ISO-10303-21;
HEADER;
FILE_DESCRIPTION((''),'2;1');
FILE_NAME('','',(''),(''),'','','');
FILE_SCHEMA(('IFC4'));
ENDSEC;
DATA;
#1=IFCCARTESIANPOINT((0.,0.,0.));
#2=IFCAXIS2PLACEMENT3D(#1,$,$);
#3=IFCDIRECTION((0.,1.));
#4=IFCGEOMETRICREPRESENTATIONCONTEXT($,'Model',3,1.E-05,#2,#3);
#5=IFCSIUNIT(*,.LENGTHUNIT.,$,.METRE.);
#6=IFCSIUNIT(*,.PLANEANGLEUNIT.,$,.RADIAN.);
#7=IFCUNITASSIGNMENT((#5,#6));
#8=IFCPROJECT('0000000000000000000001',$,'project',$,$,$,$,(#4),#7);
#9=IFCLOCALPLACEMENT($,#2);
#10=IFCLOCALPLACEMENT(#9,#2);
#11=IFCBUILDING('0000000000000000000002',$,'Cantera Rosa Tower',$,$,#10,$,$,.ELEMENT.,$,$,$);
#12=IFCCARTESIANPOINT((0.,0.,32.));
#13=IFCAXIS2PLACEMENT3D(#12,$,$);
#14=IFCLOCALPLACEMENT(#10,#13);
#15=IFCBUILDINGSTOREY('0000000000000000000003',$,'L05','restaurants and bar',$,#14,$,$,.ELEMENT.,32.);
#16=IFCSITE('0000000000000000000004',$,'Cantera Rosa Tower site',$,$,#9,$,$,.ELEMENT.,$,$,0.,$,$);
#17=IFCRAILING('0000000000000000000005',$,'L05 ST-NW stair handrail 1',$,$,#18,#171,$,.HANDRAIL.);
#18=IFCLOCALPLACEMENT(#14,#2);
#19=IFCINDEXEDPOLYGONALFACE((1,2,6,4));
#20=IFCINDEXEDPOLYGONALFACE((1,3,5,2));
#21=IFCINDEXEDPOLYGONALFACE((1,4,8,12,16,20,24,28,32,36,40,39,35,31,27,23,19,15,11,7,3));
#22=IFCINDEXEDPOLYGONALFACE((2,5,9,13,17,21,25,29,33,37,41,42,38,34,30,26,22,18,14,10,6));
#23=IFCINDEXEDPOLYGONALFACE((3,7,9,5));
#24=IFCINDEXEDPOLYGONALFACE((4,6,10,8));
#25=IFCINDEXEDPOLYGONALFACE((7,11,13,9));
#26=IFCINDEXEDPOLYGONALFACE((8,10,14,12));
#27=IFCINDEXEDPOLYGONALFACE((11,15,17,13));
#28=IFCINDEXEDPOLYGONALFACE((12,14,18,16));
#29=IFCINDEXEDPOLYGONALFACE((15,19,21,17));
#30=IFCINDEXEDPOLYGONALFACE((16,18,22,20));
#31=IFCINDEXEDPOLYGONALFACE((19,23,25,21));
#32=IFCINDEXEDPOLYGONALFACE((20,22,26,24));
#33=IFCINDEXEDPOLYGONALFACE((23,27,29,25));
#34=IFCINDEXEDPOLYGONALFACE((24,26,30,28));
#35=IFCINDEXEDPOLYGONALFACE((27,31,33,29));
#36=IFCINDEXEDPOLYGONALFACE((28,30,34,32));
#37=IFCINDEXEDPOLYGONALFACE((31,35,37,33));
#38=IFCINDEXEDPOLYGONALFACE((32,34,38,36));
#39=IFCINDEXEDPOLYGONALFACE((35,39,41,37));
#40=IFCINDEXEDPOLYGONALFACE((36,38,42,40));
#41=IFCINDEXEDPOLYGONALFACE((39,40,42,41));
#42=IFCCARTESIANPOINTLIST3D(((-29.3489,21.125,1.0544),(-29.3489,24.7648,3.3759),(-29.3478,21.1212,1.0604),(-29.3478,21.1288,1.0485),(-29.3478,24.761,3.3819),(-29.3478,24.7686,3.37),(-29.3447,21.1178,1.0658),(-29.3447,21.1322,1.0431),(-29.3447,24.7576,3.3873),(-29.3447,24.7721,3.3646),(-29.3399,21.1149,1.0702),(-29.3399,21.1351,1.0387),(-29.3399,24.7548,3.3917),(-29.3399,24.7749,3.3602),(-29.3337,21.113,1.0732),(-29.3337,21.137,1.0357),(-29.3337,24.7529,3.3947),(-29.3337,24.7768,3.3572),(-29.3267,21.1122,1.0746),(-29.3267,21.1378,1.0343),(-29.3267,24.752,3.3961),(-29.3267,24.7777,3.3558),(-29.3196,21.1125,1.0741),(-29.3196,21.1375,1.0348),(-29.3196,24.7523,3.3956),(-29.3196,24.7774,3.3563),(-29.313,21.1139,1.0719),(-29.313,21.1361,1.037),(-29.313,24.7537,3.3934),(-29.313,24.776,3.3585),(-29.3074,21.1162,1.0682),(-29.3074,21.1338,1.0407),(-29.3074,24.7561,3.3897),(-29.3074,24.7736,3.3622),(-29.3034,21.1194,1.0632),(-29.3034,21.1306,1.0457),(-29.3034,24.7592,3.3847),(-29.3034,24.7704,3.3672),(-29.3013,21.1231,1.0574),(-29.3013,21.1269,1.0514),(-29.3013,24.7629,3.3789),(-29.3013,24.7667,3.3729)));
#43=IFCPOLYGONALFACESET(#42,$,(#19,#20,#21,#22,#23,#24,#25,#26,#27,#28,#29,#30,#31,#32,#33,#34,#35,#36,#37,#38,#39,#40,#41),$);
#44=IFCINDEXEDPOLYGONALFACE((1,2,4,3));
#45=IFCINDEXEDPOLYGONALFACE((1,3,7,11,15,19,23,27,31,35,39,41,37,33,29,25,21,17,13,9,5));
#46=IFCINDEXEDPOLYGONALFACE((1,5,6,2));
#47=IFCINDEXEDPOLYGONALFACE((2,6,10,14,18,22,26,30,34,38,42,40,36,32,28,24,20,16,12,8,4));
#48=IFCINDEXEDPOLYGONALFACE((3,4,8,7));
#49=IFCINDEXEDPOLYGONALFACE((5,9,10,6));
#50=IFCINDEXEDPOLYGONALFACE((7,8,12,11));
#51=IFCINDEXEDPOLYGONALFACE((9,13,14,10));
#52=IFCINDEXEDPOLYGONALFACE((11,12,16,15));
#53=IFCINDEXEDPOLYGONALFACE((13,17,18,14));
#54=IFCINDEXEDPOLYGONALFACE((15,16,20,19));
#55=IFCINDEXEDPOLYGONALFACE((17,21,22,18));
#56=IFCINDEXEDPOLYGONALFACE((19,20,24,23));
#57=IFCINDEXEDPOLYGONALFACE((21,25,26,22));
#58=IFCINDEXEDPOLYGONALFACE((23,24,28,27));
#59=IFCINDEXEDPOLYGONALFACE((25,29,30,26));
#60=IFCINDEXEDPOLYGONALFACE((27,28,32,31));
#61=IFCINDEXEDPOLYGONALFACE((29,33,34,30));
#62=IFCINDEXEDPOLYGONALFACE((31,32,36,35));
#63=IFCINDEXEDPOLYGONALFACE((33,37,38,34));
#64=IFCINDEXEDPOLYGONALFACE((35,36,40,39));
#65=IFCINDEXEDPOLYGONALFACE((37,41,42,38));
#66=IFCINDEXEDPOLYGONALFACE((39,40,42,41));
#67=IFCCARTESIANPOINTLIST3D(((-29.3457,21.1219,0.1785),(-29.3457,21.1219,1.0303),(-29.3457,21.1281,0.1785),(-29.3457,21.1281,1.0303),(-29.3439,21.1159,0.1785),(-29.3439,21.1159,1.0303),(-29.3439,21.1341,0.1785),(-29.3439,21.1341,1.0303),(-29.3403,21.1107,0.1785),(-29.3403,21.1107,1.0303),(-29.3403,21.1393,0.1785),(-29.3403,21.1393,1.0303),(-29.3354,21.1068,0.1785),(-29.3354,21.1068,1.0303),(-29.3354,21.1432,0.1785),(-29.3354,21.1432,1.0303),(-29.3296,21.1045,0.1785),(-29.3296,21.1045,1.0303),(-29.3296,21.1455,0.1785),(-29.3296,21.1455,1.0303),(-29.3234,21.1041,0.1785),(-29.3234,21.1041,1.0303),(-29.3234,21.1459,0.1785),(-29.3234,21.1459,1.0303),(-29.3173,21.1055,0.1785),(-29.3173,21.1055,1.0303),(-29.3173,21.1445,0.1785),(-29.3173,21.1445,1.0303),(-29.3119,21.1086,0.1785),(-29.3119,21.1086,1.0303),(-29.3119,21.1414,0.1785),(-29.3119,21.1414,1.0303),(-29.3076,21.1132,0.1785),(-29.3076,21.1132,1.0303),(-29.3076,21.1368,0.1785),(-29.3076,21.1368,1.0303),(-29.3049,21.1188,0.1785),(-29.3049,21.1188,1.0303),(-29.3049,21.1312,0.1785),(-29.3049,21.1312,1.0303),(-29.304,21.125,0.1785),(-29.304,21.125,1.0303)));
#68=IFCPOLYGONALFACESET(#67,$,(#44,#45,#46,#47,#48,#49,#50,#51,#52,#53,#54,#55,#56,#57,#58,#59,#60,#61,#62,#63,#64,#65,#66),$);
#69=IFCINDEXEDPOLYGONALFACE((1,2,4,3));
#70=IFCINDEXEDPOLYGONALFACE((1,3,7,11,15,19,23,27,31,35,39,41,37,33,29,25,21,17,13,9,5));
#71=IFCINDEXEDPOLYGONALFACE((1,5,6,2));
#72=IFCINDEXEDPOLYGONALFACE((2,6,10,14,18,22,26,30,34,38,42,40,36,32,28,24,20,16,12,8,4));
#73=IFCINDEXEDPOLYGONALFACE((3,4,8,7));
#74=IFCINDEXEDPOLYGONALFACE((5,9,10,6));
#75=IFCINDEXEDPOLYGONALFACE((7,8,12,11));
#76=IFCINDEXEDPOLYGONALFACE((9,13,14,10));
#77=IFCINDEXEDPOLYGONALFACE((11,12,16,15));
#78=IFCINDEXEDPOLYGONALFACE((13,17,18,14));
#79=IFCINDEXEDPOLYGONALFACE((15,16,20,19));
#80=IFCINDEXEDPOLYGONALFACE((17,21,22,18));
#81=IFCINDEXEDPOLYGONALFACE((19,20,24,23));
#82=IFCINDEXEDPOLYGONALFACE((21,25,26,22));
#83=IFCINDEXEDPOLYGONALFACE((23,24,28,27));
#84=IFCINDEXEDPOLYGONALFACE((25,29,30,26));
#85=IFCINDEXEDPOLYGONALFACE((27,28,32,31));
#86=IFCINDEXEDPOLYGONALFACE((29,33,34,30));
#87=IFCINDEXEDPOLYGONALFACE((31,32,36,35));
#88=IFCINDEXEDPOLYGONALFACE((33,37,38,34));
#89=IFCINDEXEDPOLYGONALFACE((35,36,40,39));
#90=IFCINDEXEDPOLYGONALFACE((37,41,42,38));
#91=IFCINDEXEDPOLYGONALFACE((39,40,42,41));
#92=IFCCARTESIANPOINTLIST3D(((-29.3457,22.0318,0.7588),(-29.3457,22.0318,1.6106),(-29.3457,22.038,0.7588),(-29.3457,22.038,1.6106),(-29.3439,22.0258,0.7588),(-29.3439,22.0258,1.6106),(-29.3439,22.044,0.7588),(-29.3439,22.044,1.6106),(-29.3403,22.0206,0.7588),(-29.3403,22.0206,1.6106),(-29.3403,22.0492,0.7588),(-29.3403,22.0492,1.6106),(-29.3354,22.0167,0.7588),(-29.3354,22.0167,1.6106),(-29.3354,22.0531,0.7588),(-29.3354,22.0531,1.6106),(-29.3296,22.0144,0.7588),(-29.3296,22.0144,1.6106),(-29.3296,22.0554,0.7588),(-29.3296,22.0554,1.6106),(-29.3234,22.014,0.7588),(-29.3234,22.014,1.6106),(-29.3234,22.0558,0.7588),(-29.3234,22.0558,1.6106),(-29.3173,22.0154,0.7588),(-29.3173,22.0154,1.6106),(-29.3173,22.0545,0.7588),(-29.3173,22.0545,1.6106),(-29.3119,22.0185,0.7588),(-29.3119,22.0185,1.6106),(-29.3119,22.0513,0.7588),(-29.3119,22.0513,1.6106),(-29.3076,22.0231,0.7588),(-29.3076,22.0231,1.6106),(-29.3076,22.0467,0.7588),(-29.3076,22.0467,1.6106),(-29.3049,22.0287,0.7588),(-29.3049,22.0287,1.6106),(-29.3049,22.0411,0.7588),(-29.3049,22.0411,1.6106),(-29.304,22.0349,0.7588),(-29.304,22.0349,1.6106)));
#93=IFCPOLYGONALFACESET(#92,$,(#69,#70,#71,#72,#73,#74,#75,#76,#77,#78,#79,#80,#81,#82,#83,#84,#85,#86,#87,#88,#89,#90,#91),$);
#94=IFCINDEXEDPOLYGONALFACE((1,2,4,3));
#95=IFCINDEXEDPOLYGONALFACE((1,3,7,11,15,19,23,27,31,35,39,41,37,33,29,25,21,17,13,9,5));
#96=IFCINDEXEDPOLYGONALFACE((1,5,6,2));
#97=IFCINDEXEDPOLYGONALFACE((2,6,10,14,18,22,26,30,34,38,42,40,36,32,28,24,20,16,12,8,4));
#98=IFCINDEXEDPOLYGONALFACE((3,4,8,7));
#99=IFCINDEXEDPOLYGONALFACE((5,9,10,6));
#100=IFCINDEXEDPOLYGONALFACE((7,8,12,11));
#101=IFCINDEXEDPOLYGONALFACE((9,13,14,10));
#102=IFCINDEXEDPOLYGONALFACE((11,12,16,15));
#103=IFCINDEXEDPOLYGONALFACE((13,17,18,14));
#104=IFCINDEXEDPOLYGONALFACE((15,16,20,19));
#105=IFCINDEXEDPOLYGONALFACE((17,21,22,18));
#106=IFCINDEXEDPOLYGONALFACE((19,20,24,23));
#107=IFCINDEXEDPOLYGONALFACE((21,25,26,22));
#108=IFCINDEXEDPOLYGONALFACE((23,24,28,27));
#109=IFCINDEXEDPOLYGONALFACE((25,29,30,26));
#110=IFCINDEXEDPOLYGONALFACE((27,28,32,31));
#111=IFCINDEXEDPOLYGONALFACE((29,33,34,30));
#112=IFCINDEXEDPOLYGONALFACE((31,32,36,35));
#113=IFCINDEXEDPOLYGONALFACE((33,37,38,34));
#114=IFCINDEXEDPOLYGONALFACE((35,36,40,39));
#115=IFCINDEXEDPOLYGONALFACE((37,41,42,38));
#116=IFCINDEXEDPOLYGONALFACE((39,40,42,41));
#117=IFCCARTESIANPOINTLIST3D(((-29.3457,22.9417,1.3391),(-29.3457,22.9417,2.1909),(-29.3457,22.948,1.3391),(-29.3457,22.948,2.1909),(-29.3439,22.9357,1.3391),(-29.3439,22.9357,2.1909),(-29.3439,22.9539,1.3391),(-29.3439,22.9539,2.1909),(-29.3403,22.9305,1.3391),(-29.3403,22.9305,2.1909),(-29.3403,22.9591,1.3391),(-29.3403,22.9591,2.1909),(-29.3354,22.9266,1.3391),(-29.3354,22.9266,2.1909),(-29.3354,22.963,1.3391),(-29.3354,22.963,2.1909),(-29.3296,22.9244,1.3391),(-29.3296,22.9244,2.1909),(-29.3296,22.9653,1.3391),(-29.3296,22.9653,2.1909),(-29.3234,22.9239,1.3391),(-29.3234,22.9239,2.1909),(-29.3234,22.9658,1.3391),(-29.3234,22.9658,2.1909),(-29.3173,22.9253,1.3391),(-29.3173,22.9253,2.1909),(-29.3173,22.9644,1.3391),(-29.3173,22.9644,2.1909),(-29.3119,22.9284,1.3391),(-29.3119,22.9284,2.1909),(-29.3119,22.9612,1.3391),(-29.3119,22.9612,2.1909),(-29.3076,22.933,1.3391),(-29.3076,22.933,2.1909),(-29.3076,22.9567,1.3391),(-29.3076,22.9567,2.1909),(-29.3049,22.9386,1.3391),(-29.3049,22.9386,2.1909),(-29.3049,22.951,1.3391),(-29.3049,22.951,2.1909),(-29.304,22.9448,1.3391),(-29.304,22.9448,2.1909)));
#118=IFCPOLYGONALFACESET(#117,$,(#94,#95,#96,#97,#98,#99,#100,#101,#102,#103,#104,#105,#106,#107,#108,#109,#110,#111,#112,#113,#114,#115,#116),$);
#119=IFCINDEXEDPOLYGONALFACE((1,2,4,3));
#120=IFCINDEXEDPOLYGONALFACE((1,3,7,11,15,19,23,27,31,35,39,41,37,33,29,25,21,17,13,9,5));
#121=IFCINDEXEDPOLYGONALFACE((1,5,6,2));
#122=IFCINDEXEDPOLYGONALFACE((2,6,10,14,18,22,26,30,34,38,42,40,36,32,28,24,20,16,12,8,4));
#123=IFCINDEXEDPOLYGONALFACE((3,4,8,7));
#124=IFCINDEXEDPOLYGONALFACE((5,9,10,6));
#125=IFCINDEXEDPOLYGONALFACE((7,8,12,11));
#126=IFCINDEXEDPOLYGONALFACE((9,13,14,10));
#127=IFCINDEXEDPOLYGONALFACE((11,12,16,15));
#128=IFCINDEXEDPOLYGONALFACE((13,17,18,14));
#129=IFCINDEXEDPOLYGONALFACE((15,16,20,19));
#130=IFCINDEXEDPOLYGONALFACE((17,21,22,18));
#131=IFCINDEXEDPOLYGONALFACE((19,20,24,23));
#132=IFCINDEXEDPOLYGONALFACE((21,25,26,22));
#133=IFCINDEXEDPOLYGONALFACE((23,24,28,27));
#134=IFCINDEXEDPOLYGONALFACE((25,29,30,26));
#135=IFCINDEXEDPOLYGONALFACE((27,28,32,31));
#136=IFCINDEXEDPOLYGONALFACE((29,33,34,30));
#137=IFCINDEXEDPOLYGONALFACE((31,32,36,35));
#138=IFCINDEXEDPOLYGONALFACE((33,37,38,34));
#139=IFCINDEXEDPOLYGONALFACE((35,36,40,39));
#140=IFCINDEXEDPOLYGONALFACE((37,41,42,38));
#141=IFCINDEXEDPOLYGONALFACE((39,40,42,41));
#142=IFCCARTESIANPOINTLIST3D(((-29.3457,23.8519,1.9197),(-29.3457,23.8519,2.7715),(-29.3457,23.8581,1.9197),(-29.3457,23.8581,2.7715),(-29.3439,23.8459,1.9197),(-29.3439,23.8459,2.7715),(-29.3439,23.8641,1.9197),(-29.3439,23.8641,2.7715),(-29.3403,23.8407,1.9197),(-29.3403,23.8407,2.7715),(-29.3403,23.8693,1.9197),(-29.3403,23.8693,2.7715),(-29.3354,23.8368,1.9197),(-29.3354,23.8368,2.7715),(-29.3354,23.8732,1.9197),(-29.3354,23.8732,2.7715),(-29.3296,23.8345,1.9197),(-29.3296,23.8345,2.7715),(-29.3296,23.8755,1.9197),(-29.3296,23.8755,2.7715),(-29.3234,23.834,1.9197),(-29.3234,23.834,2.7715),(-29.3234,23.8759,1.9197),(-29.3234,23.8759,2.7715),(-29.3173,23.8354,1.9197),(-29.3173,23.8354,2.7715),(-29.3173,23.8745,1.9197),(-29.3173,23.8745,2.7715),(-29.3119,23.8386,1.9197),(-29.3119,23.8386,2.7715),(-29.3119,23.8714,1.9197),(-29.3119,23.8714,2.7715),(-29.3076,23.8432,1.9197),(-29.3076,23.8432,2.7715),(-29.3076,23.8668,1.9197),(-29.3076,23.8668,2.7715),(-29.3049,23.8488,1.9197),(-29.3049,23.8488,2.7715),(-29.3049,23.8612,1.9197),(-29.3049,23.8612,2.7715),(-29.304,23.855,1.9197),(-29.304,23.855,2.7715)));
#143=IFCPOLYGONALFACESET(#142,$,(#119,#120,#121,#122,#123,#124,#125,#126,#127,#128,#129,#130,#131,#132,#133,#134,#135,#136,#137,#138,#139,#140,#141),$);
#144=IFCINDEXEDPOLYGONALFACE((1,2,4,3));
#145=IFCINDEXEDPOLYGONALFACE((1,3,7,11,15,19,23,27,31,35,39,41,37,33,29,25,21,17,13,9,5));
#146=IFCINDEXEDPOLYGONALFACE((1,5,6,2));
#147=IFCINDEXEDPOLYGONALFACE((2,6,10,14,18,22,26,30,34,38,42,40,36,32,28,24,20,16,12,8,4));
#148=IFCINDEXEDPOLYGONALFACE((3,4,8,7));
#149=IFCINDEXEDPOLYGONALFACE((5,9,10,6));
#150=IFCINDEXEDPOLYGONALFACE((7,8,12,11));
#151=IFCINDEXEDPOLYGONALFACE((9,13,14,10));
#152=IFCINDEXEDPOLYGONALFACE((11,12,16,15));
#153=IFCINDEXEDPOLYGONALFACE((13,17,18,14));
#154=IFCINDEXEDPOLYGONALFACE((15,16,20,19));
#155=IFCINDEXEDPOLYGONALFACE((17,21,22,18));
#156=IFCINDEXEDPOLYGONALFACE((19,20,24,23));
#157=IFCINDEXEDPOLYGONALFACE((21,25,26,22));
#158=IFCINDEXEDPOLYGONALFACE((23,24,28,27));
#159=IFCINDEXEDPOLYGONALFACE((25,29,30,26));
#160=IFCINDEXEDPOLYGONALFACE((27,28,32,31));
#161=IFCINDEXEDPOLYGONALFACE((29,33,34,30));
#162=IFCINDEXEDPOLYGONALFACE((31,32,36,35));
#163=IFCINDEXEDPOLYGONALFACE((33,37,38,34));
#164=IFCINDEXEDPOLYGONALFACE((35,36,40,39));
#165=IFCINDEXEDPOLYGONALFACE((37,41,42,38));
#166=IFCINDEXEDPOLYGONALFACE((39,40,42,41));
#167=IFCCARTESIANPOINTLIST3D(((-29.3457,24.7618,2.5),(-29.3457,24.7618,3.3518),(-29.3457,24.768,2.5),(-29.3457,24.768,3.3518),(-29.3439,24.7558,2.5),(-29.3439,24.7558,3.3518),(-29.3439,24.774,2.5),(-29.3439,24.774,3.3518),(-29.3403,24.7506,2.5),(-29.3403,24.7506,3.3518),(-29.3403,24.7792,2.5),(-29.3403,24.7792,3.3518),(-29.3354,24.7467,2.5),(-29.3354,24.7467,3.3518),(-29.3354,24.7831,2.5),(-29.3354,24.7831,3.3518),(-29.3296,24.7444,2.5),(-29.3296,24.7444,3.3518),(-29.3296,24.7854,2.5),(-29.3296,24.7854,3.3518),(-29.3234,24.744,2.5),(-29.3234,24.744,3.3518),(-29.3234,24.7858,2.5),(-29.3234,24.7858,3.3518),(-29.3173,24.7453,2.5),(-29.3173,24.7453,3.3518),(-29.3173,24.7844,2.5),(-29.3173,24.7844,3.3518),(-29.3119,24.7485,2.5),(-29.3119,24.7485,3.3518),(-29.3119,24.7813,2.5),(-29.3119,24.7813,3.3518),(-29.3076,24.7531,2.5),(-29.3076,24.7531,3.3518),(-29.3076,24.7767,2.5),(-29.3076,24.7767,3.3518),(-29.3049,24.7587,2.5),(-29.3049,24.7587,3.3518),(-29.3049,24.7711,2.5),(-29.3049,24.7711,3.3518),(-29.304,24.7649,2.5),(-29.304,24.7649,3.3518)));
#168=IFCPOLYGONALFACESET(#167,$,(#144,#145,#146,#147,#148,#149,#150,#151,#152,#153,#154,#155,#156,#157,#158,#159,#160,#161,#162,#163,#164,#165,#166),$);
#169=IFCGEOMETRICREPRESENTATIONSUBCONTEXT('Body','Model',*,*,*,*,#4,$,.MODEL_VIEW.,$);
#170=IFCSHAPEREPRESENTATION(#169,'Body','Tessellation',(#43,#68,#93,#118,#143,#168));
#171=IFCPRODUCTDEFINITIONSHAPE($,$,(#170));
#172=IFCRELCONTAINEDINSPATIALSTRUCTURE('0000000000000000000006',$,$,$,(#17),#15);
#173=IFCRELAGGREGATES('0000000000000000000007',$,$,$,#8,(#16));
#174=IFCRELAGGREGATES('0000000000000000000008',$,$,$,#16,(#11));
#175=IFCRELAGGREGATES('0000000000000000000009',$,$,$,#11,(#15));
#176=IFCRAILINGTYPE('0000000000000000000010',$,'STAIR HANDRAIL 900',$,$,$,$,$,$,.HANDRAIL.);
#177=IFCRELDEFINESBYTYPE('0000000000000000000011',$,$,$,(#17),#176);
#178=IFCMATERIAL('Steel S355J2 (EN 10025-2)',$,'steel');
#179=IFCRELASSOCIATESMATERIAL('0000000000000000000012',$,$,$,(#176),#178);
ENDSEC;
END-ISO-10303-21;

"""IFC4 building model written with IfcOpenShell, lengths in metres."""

from ifc_helpers import new_model, si_unit, direction, frame, origin, origin_2d, place, context, subcontext, project, spatial, circle, extrude, material, type_object, element, save


model = new_model("IFC4")

# Units and contexts
model_context = context("Model", 3, precision=1e-05, world=origin(), true_north=direction((0.0, 1.0)))
body_context = subcontext(model_context, "Body", "Model", "MODEL_VIEW")
ifc_project = project(units=[si_unit("LENGTHUNIT", "METRE"), si_unit("PLANEANGLEUNIT", "RADIAN")], contexts=[model_context])

# Site, building, storey
site_placement = place(None, origin())
site = spatial("IfcSite", under=ifc_project, at=site_placement, Name="Cantera Rosa Tower site", CompositionType="ELEMENT", RefElevation=0.0)
building_placement = place(site_placement, origin())
building = spatial("IfcBuilding", under=site, at=building_placement, Name="Cantera Rosa Tower", CompositionType="ELEMENT")
storey_placement = place(building_placement, frame((0.0, 0.0, 32.0)))
storey = spatial("IfcBuildingStorey", under=building, at=storey_placement, Name="L05", Description="restaurants and bar", CompositionType="ELEMENT", Elevation=32.0)

# Railing
ifc_material_1 = material(Name="Steel S355J2 (EN 10025-2)", Category="steel")
railing_type_1 = type_object("IfcRailingType", Name="STAIR HANDRAIL 900", PredefinedType="HANDRAIL", material=ifc_material_1)
railing_1_placement = place(storey_placement, frame((-29.325, 21.125, 0.1785)))
element("IfcRailing", 1, at=railing_1_placement, inside=storey, type_object=railing_type_1, Name="L05 ST-NW stair handrail 1", PredefinedType="HANDRAIL", context=body_context, shape_type="SweptSolid", body=[
    extrude(circle(Radius=0.0239, at=origin_2d()), frame((0.0, 0.0, 0.876), z_axis=(0.0, 0.843112, 0.537739), x_axis=(-1.0, 0.0, 0.0)), (0.0, 0.0, 1.0), 4.3171),
    extrude(circle(Radius=0.021, at=origin_2d()), origin(), (0.0, 0.0, 1.0), 0.8518),
    extrude(circle(Radius=0.021, at=origin_2d()), frame((0.0, 0.9099, 0.5803)), (0.0, 0.0, 1.0), 0.8518),
    extrude(circle(Radius=0.021, at=origin_2d()), frame((0.0, 1.8198, 1.1606)), (0.0, 0.0, 1.0), 0.8518),
    extrude(circle(Radius=0.021, at=origin_2d()), frame((0.0, 2.73, 1.7412)), (0.0, 0.0, 1.0), 0.8518),
    extrude(circle(Radius=0.021, at=origin_2d()), frame((0.0, 3.6399, 2.3215)), (0.0, 0.0, 1.0), 0.8518),
])

save(model, "model.ifc")
